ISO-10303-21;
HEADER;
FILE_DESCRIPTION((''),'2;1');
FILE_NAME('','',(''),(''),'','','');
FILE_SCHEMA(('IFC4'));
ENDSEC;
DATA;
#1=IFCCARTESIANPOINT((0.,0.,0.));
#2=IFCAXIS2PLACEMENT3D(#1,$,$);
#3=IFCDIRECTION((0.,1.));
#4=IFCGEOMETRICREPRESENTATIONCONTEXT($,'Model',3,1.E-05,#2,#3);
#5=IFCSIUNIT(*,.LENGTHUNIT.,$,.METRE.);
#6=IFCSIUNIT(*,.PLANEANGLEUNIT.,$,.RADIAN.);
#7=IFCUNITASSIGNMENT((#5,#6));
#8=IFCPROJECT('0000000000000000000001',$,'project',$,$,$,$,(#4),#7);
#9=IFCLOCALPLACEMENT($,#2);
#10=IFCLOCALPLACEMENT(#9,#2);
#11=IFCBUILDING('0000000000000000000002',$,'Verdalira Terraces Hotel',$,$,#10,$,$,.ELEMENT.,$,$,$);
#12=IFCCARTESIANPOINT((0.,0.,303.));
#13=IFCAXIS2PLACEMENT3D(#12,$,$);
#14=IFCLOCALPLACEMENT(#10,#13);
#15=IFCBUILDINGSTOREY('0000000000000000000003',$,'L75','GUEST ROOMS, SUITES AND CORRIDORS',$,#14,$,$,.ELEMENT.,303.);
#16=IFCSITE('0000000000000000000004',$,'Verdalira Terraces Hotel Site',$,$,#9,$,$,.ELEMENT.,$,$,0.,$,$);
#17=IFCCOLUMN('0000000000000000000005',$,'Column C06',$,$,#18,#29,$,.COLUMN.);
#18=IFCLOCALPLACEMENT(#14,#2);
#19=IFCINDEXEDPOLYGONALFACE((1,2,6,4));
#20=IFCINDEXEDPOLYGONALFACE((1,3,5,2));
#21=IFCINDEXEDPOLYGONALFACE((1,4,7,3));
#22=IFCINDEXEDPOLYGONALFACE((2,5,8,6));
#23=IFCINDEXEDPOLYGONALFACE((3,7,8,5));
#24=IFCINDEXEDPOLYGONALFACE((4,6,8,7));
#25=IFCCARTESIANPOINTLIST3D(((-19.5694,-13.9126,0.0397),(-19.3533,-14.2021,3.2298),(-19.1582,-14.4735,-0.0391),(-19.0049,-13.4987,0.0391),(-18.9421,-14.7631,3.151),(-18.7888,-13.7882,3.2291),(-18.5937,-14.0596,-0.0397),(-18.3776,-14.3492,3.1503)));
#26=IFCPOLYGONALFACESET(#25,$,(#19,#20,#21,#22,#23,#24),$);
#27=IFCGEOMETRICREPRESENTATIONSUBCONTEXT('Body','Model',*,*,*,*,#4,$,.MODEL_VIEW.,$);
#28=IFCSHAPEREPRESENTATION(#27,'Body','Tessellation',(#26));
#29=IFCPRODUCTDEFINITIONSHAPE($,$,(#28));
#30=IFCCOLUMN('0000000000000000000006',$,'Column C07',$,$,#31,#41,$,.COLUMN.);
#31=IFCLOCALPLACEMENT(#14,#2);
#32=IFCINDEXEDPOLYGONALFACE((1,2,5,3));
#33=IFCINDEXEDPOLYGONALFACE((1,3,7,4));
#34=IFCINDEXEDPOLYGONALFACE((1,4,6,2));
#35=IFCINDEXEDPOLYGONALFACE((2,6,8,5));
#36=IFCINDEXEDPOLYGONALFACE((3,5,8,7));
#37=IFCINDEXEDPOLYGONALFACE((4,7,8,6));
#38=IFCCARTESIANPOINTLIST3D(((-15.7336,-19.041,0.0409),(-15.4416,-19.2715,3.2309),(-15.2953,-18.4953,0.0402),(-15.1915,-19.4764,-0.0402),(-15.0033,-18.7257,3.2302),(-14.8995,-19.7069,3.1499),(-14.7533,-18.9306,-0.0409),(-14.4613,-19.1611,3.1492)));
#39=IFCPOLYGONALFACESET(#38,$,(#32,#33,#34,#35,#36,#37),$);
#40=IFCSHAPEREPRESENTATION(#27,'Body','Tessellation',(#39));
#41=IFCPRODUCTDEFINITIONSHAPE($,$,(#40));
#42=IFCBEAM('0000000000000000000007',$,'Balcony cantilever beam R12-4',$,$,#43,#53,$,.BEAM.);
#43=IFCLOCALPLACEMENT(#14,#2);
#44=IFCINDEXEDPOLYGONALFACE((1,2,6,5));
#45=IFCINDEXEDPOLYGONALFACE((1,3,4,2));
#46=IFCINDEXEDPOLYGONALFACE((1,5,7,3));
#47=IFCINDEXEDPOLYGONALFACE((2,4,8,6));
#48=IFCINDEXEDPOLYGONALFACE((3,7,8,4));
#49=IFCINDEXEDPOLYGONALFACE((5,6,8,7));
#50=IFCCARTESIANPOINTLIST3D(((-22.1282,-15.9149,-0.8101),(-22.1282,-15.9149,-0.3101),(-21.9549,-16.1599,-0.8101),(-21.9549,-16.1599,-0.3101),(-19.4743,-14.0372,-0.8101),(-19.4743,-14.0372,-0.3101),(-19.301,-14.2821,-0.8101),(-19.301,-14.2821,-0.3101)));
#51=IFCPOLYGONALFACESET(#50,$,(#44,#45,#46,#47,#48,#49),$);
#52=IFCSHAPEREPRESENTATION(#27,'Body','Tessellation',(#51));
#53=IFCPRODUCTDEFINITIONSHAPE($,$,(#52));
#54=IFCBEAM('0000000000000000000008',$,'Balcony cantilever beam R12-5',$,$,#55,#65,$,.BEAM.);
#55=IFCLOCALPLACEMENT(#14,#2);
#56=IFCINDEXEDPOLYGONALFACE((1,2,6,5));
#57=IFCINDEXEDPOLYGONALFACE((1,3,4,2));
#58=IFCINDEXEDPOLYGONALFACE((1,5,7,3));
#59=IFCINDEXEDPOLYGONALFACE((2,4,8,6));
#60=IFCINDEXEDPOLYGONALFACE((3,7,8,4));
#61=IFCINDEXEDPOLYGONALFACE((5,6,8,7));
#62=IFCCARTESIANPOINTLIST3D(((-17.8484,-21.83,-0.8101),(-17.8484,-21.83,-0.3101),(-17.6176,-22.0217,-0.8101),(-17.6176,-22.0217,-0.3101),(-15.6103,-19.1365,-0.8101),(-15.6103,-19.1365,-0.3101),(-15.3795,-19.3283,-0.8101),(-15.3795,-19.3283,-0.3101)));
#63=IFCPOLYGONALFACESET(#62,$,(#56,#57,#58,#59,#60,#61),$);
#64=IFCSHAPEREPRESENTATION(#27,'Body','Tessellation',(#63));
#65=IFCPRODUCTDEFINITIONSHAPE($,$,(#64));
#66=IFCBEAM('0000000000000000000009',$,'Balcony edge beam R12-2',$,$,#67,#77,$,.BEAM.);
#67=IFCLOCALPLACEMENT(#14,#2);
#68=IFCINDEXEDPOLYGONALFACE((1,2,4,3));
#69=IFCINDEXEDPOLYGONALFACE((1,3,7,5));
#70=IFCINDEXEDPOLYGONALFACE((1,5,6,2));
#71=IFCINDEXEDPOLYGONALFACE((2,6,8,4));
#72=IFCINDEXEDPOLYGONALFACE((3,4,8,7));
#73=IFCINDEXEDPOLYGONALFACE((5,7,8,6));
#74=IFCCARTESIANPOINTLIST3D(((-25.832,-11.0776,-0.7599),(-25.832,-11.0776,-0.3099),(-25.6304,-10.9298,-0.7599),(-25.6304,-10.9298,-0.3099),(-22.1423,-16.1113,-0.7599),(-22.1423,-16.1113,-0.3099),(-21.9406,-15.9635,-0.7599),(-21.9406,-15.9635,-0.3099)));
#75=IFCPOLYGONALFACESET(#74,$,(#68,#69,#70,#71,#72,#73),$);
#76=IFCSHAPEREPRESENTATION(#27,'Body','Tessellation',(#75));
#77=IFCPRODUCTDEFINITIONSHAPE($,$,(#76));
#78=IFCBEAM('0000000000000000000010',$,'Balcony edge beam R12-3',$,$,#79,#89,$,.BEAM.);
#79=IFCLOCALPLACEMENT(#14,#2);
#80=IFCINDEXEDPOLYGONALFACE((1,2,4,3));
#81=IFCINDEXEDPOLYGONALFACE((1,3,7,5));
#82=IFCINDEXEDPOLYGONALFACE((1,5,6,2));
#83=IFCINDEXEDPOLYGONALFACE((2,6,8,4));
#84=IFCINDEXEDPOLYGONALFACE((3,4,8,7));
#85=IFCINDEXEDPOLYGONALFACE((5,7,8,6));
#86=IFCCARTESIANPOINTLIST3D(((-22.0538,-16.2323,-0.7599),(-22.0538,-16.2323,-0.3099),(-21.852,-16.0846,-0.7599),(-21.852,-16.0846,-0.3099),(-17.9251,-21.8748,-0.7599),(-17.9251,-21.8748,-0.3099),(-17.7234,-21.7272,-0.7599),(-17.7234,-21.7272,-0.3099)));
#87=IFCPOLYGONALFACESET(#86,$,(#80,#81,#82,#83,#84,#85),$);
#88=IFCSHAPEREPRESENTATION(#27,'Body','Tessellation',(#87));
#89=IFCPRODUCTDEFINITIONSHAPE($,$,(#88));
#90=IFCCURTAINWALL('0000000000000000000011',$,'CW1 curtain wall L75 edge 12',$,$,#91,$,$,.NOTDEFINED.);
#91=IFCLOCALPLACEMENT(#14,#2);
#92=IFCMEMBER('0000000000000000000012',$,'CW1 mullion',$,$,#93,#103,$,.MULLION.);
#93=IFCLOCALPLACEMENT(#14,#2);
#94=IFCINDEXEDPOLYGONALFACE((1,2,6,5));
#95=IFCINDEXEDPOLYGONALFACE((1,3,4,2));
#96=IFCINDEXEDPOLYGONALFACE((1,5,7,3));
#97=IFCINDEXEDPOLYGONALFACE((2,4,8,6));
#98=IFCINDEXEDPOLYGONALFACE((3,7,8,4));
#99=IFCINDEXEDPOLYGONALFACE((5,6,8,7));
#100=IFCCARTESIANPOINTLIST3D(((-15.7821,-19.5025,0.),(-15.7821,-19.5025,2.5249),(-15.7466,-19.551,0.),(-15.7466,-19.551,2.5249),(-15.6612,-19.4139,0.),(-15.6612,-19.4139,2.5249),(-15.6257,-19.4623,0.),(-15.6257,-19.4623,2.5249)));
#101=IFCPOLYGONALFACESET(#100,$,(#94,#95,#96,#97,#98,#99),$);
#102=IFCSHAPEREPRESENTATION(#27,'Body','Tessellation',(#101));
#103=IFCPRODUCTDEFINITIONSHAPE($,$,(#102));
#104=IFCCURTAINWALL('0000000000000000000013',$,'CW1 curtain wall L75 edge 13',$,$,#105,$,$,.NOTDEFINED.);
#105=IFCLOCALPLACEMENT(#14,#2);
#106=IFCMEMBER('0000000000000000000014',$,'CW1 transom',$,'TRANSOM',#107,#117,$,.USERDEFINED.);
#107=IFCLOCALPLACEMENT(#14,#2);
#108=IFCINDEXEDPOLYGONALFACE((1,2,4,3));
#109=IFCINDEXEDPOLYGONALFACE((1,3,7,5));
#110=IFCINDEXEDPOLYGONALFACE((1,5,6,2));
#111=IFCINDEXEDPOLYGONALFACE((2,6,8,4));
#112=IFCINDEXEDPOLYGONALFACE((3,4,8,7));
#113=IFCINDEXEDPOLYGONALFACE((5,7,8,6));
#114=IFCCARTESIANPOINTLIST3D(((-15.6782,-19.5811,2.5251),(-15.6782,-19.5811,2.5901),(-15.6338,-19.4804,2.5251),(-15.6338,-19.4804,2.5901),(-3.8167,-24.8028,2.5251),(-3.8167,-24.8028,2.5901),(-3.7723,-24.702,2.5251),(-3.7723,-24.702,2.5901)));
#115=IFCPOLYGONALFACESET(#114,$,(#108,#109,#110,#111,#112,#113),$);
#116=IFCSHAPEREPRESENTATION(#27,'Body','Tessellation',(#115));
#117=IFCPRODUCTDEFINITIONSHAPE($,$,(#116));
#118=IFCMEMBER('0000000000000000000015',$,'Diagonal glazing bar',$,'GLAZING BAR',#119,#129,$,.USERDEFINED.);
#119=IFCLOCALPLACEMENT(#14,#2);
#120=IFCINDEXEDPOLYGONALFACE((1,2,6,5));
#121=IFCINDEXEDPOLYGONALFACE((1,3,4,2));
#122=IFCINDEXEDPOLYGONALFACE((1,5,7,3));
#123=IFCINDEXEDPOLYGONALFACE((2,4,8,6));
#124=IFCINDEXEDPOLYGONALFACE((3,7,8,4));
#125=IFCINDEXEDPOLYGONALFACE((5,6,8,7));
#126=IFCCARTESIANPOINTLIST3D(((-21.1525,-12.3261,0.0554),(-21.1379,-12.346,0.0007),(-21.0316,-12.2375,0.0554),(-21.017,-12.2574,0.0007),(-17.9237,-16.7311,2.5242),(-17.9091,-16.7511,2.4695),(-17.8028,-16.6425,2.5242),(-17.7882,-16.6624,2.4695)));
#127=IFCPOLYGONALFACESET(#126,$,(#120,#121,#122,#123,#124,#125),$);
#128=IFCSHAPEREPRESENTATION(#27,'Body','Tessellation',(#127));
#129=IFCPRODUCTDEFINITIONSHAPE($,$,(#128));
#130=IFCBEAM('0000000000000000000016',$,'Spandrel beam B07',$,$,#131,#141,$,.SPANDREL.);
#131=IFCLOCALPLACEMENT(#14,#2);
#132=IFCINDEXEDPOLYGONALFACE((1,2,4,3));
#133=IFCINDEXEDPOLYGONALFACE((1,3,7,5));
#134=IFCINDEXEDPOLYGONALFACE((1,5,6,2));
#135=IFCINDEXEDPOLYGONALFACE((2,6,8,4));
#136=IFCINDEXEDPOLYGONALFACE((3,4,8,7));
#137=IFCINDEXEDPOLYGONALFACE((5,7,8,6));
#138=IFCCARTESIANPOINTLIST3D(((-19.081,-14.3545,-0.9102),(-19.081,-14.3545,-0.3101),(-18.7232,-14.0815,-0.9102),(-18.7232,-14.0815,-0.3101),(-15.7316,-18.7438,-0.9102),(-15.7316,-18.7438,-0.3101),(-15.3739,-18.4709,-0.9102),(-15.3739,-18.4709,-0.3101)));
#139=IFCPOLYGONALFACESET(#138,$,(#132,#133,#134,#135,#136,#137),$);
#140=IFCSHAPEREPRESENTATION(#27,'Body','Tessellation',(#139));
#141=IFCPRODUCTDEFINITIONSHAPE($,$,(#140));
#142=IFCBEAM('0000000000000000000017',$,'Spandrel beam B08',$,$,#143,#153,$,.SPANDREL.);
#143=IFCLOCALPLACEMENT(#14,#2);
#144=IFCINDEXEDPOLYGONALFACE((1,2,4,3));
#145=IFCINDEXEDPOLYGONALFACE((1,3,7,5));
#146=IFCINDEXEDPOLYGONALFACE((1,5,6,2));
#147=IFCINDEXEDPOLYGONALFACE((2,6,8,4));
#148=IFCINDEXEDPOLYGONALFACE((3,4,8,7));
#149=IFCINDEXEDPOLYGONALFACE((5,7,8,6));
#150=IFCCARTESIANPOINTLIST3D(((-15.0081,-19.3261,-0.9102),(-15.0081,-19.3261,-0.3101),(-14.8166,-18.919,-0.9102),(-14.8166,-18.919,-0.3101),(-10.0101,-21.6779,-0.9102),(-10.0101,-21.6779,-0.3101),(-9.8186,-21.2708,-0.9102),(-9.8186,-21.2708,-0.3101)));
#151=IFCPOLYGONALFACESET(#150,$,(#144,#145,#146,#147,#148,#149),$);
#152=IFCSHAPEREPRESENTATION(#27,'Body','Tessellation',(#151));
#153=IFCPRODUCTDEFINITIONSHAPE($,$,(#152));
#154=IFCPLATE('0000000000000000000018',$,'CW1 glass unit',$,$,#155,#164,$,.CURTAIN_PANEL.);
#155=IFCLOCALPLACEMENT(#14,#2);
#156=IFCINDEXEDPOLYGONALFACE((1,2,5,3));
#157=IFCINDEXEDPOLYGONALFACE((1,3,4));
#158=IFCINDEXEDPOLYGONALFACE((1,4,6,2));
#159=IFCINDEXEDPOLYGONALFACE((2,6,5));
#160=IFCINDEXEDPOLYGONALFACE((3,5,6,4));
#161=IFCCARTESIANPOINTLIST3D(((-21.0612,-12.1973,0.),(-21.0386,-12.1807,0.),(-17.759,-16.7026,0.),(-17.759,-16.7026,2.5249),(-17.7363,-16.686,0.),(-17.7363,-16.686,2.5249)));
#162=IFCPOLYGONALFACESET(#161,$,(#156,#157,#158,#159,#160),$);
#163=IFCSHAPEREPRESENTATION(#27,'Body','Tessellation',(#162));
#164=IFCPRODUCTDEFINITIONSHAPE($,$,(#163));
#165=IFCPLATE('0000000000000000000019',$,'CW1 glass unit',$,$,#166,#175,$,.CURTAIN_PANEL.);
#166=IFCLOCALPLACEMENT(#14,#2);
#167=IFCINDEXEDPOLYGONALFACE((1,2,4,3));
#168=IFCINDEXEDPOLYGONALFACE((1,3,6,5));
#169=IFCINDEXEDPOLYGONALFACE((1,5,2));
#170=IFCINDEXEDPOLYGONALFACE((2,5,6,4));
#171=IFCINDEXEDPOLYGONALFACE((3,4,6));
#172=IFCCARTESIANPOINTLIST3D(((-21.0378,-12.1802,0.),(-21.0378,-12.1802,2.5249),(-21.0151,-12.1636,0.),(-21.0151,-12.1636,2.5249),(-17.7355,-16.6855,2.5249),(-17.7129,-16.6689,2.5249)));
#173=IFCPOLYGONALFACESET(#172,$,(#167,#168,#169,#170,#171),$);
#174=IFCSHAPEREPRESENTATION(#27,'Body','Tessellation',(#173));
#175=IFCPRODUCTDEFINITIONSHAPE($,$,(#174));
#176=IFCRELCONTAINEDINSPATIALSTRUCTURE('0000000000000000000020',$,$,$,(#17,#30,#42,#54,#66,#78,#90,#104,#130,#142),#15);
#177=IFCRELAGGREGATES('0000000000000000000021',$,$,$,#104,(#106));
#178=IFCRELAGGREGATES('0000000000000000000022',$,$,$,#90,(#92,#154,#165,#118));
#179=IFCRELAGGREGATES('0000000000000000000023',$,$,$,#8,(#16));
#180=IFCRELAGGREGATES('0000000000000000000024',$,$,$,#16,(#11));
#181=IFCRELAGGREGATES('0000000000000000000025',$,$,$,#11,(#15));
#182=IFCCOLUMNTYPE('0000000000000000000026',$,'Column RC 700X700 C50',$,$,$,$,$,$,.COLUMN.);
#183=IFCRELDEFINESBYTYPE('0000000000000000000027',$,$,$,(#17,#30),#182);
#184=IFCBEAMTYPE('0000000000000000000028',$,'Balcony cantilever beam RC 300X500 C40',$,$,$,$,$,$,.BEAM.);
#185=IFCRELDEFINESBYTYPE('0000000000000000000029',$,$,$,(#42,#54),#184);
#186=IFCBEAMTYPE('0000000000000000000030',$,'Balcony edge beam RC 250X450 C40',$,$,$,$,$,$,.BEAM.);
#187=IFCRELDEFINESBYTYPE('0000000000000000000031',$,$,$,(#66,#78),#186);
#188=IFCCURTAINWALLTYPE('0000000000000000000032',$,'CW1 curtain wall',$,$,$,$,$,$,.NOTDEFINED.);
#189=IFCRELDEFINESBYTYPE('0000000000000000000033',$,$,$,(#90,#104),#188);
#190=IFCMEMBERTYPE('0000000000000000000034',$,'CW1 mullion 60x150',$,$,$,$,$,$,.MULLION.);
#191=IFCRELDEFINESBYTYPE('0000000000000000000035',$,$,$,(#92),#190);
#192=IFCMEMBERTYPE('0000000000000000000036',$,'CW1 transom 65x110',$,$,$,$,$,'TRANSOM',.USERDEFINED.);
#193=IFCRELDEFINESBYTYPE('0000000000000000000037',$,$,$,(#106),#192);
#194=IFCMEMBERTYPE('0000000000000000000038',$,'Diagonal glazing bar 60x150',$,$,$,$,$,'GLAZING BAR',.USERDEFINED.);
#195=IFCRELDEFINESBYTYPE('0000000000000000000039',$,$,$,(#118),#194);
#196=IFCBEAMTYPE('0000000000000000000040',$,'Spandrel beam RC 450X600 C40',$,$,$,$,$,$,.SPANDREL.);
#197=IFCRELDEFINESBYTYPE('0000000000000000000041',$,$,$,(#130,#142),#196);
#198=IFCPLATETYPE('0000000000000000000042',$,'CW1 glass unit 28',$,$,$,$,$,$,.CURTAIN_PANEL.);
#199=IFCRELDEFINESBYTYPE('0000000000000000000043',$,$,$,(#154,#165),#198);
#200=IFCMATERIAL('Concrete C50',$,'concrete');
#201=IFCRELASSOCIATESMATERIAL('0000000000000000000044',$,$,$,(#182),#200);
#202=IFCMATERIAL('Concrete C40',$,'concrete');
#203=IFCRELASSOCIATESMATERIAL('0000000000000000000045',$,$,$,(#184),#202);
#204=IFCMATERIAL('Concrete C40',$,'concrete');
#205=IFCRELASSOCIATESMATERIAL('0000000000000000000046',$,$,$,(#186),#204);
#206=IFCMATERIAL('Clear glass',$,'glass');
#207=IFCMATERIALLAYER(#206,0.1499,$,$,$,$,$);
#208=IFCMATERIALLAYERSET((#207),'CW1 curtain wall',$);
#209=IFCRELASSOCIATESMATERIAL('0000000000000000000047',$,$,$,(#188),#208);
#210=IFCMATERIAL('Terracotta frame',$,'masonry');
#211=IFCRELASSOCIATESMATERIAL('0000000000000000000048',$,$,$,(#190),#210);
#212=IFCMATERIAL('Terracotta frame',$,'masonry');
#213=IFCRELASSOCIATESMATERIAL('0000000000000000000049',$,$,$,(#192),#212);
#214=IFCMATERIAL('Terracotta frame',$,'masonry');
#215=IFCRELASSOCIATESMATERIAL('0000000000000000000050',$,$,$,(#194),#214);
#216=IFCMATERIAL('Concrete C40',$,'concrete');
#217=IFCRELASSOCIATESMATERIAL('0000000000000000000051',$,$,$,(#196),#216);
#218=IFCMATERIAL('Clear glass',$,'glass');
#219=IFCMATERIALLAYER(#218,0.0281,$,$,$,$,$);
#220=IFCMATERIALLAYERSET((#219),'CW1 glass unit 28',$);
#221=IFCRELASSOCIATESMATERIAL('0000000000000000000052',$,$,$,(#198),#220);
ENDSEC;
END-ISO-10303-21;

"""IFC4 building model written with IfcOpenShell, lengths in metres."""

from ifc_helpers import new_model, si_unit, direction, frame, origin, origin_2d, place, context, subcontext, project, spatial, polyline, rectangle, outline, extrude, material, layer, layer_set, material_profile, profile_set, type_object, element, aggregate, save


model = new_model("IFC4")

# Units and contexts
model_context = context("Model", 3, precision=1e-05, world=origin(), true_north=direction((0.0, 1.0)))
body_context = subcontext(model_context, "Body", "Model", "MODEL_VIEW")
ifc_project = project(units=[si_unit("LENGTHUNIT", "METRE"), si_unit("PLANEANGLEUNIT", "RADIAN")], contexts=[model_context])

# Site, building, storey
site_placement = place(None, origin())
site = spatial("IfcSite", under=ifc_project, at=site_placement, Name="Verdalira Terraces Hotel Site", CompositionType="ELEMENT", RefElevation=0.0)
building_placement = place(site_placement, origin())
building = spatial("IfcBuilding", under=site, at=building_placement, Name="Verdalira Terraces Hotel", CompositionType="ELEMENT")
storey_placement = place(building_placement, frame((0.0, 0.0, 303.0)))
storey = spatial("IfcBuildingStorey", under=building, at=storey_placement, Name="L75", Description="GUEST ROOMS, SUITES AND CORRIDORS", CompositionType="ELEMENT", Elevation=303.0)

# Columns
ifc_material_1 = material(Name="Concrete C50", Category="concrete")
ifc_material_profile_1 = material_profile(ifc_material_1, rectangle(XDim=0.7, YDim=0.7, at=origin_2d()), Name="RC 700X700")
ifc_profile_set_1 = profile_set([ifc_material_profile_1], Name="Concrete C50")
column_type = type_object("IfcColumnType", Name="Column RC 700X700 C50", PredefinedType="COLUMN", material=ifc_profile_set_1)
column_1_placement = place(storey_placement, frame((-19.0815, -13.9861, 0.0), z_axis=(0.067303, -0.090193, 0.993648), x_axis=(0.587474, -0.80138, -0.112533)))
element("IfcColumn", 1, at=column_1_placement, inside=storey, type_object=column_type, Name="Column C06", PredefinedType="COLUMN", context=body_context, shape_type="SweptSolid", body=[
    extrude(rectangle(XDim=0.7, YDim=0.7, at=origin_2d()), origin(), (0.0, 0.0, 1.0), 3.2104),
])
column_2_placement = place(storey_placement, frame((-15.2434, -18.9858, 0.0), z_axis=(0.090919, -0.071762, 0.993269), x_axis=(-0.774414, 0.621987, 0.115824)))
element("IfcColumn", 2, at=column_2_placement, inside=storey, type_object=column_type, Name="Column C07", PredefinedType="COLUMN", context=body_context, shape_type="SweptSolid", body=[
    extrude(rectangle(XDim=0.7, YDim=0.7, at=origin_2d()), origin(), (0.0, 0.0, 1.0), 3.2117),
])

# Beams
ifc_material_2 = material(Name="Concrete C40", Category="concrete")
ifc_material_profile_2 = material_profile(ifc_material_2, rectangle(XDim=0.3, YDim=0.5, at=origin_2d()), Name="RC 300X500")
ifc_profile_set_2 = profile_set([ifc_material_profile_2], Name="Concrete C40")
beam_type_1 = type_object("IfcBeamType", Name="Balcony cantilever beam RC 300X500 C40", PredefinedType="BEAM", material=ifc_profile_set_2)
beam_1_placement = place(storey_placement, frame((-19.3877, -14.1597, -0.5601), z_axis=(-0.816328, -0.577588, 0.0), x_axis=(0.577588, -0.816328, 0.0)))
element("IfcBeam", 3, at=beam_1_placement, inside=storey, type_object=beam_type_1, Name="Balcony cantilever beam R12-4", PredefinedType="BEAM", context=body_context, shape_type="SweptSolid", body=[
    extrude(rectangle(XDim=0.3, YDim=0.5, at=origin_2d()), origin(), (0.0, 0.0, 1.0), 3.251),
])
beam_2_placement = place(storey_placement, frame((-15.4949, -19.2324, -0.5601), z_axis=(-0.6391, -0.769123, 0.0), x_axis=(0.769123, -0.6391, 0.0)))
element("IfcBeam", 4, at=beam_2_placement, inside=storey, type_object=beam_type_1, Name="Balcony cantilever beam R12-5", PredefinedType="BEAM", context=body_context, shape_type="SweptSolid", body=[
    extrude(rectangle(XDim=0.3, YDim=0.5, at=origin_2d()), origin(), (0.0, 0.0, 1.0), 3.502),
])
ifc_material_3 = material(Name="Concrete C40", Category="concrete")
ifc_material_profile_3 = material_profile(ifc_material_3, rectangle(XDim=0.25, YDim=0.45, at=origin_2d()), Name="RC 250X450")
ifc_profile_set_3 = profile_set([ifc_material_profile_3], Name="Concrete C40")
beam_type_2 = type_object("IfcBeamType", Name="Balcony edge beam RC 250X450 C40", PredefinedType="BEAM", material=ifc_profile_set_3)
beam_3_placement = place(storey_placement, frame((-25.7312, -11.0037, -0.5349), z_axis=(0.591189, -0.806533, 0.0), x_axis=(0.806533, 0.591189, 0.0)))
element("IfcBeam", 5, at=beam_3_placement, inside=storey, type_object=beam_type_2, Name="Balcony edge beam R12-2", PredefinedType="BEAM", context=body_context, shape_type="SweptSolid", body=[
    extrude(rectangle(XDim=0.25, YDim=0.45, at=origin_2d()), origin(), (0.0, 0.0, 1.0), 6.2412),
])
beam_4_placement = place(storey_placement, frame((-21.9529, -16.1584, -0.5349), z_axis=(0.590505, -0.807034, 0.0), x_axis=(0.807034, 0.590505, 0.0)))
element("IfcBeam", 6, at=beam_4_placement, inside=storey, type_object=beam_type_2, Name="Balcony edge beam R12-3", PredefinedType="BEAM", context=body_context, shape_type="SweptSolid", body=[
    extrude(rectangle(XDim=0.25, YDim=0.45, at=origin_2d()), origin(), (0.0, 0.0, 1.0), 6.9917),
])

# Curtain walls, members
ifc_material_4 = material(Name="Clear glass", Category="glass")
ifc_layer_1 = layer(ifc_material_4, 0.1499)
ifc_layer_set_1 = layer_set([ifc_layer_1], Name="CW1 curtain wall")
curtain_wall_type = type_object("IfcCurtainWallType", Name="CW1 curtain wall", PredefinedType="NOTDEFINED", material=ifc_layer_set_1)
curtain_wall_1_placement = place(storey_placement, origin())
curtain_wall_1 = element("IfcCurtainWall", 7, at=curtain_wall_1_placement, inside=storey, type_object=curtain_wall_type, Name="CW1 curtain wall L75 edge 12", PredefinedType="NOTDEFINED")
ifc_material_5 = material(Name="Terracotta frame", Category="masonry")
ifc_material_profile_4 = material_profile(ifc_material_5, rectangle(XDim=0.0601, YDim=0.1499, at=origin_2d()), Name="MU 60x150")
ifc_profile_set_4 = profile_set([ifc_material_profile_4], Name="Terracotta frame")
member_type_1 = type_object("IfcMemberType", Name="CW1 mullion 60x150", PredefinedType="MULLION", material=ifc_profile_set_4)
member_1_placement = place(storey_placement, frame((-15.7039, -19.4824, 0.0), z_axis=(0.0, 0.0, 1.0), x_axis=(0.591169, -0.806548, 0.0)))
member_1 = element("IfcMember", 8, at=member_1_placement, type_object=member_type_1, Name="CW1 mullion", PredefinedType="MULLION", context=body_context, shape_type="SweptSolid", body=[
    extrude(rectangle(XDim=0.0601, YDim=0.1499, at=origin_2d()), origin(), (0.0, 0.0, 1.0), 2.5249),
])
curtain_wall_2_placement = place(storey_placement, origin())
curtain_wall_2 = element("IfcCurtainWall", 9, at=curtain_wall_2_placement, inside=storey, type_object=curtain_wall_type, Name="CW1 curtain wall L75 edge 13", PredefinedType="NOTDEFINED")
ifc_material_6 = material(Name="Terracotta frame", Category="masonry")
ifc_material_profile_5 = material_profile(ifc_material_6, rectangle(XDim=0.1101, YDim=0.0649, at=origin_2d()), Name="TR 65x110")
ifc_profile_set_5 = profile_set([ifc_material_profile_5], Name="Terracotta frame")
member_type_2 = type_object("IfcMemberType", Name="CW1 transom 65x110", ElementType="TRANSOM", PredefinedType="USERDEFINED", material=ifc_profile_set_5)
member_2_placement = place(storey_placement, frame((-15.656, -19.5308, 2.5576), z_axis=(0.915241, -0.402906, 0.0), x_axis=(0.402906, 0.915241, 0.0)))
member_2 = element("IfcMember", 10, at=member_2_placement, type_object=member_type_2, Name="CW1 transom", ObjectType="TRANSOM", PredefinedType="USERDEFINED", context=body_context, shape_type="SweptSolid", body=[
    extrude(rectangle(XDim=0.1101, YDim=0.0649, at=origin_2d()), origin(), (0.0, 0.0, 1.0), 12.96),
])
aggregate(curtain_wall_2, [member_2])

# Member
ifc_material_7 = material(Name="Terracotta frame", Category="masonry")
ifc_material_profile_6 = material_profile(ifc_material_7, rectangle(XDim=0.1499, YDim=0.0601, at=origin_2d()), Name="GB 60x150")
ifc_profile_set_6 = profile_set([ifc_material_profile_6], Name="Terracotta frame")
member_type_3 = type_object("IfcMemberType", Name="Diagonal glazing bar 60x150", ElementType="GLAZING BAR", PredefinedType="USERDEFINED", material=ifc_profile_set_6)
member_3_placement = place(storey_placement, frame((-21.0847, -12.2917, 0.0281), z_axis=(0.538696, -0.734949, 0.411894), x_axis=(0.806544, 0.591174, 0.0)))
member_3 = element("IfcMember", 11, at=member_3_placement, type_object=member_type_3, Name="Diagonal glazing bar", ObjectType="GLAZING BAR", PredefinedType="USERDEFINED", context=body_context, shape_type="SweptSolid", body=[
    extrude(rectangle(XDim=0.1499, YDim=0.0601, at=origin_2d()), origin(), (0.0, 0.0, 1.0), 5.9937),
])

# Beams
ifc_material_8 = material(Name="Concrete C40", Category="concrete")
ifc_material_profile_7 = material_profile(ifc_material_8, rectangle(XDim=0.45, YDim=0.6001, at=origin_2d()), Name="RC 450X600")
ifc_profile_set_7 = profile_set([ifc_material_profile_7], Name="Concrete C40")
beam_type_3 = type_object("IfcBeamType", Name="Spandrel beam RC 450X600 C40", PredefinedType="SPANDREL", material=ifc_profile_set_7)
beam_5_placement = place(storey_placement, frame((-18.9021, -14.218, -0.6101), z_axis=(0.606623, -0.79499, 0.0), x_axis=(0.79499, 0.606623, 0.0)))
element("IfcBeam", 12, at=beam_5_placement, inside=storey, type_object=beam_type_3, Name="Spandrel beam B07", PredefinedType="SPANDREL", context=body_context, shape_type="SweptSolid", body=[
    extrude(rectangle(XDim=0.45, YDim=0.6001, at=origin_2d()), origin(), (0.0, 0.0, 1.0), 5.5212),
])
beam_6_placement = place(storey_placement, frame((-14.9124, -19.1226, -0.6101), z_axis=(0.904834, -0.425765, 0.0), x_axis=(0.425765, 0.904834, 0.0)))
element("IfcBeam", 13, at=beam_6_placement, inside=storey, type_object=beam_type_3, Name="Spandrel beam B08", PredefinedType="SPANDREL", context=body_context, shape_type="SweptSolid", body=[
    extrude(rectangle(XDim=0.45, YDim=0.6001, at=origin_2d()), origin(), (0.0, 0.0, 1.0), 5.5237),
])

# Plates
ifc_material_9 = material(Name="Clear glass", Category="glass")
ifc_layer_2 = layer(ifc_material_9, 0.0281)
ifc_layer_set_2 = layer_set([ifc_layer_2], Name="CW1 glass unit 28")
plate_type = type_object("IfcPlateType", Name="CW1 glass unit 28", PredefinedType="CURTAIN_PANEL", material=ifc_layer_set_2)
plate_1_placement = place(storey_placement, frame((-19.3875, -14.4334, 1.2625), z_axis=(-0.806548, -0.591169, 0.0), x_axis=(0.591169, -0.806548, 0.0)))
plate_1 = element("IfcPlate", 14, at=plate_1_placement, type_object=plate_type, Name="CW1 glass unit", PredefinedType="CURTAIN_PANEL", context=body_context, shape_type="SweptSolid", body=[
    extrude(outline(polyline([(-2.793, -1.2625), (2.793, -1.2625), (2.793, 1.2625), (-2.793, -1.2625)])), origin(), (0.0, 0.0, 1.0), 0.0281),
])
plate_2_placement = place(storey_placement, frame((-19.364, -14.4163, 1.2625), z_axis=(-0.806548, -0.591169, 0.0), x_axis=(0.591169, -0.806548, 0.0)))
plate_2 = element("IfcPlate", 15, at=plate_2_placement, type_object=plate_type, Name="CW1 glass unit", PredefinedType="CURTAIN_PANEL", context=body_context, shape_type="SweptSolid", body=[
    extrude(outline(polyline([(-2.793, -1.2625), (2.793, 1.2625), (-2.793, 1.2625), (-2.793, -1.2625)])), origin(), (0.0, 0.0, 1.0), 0.0281),
])
aggregate(curtain_wall_1, [member_1, plate_1, plate_2, member_3])

save(model, "model.ifc")
